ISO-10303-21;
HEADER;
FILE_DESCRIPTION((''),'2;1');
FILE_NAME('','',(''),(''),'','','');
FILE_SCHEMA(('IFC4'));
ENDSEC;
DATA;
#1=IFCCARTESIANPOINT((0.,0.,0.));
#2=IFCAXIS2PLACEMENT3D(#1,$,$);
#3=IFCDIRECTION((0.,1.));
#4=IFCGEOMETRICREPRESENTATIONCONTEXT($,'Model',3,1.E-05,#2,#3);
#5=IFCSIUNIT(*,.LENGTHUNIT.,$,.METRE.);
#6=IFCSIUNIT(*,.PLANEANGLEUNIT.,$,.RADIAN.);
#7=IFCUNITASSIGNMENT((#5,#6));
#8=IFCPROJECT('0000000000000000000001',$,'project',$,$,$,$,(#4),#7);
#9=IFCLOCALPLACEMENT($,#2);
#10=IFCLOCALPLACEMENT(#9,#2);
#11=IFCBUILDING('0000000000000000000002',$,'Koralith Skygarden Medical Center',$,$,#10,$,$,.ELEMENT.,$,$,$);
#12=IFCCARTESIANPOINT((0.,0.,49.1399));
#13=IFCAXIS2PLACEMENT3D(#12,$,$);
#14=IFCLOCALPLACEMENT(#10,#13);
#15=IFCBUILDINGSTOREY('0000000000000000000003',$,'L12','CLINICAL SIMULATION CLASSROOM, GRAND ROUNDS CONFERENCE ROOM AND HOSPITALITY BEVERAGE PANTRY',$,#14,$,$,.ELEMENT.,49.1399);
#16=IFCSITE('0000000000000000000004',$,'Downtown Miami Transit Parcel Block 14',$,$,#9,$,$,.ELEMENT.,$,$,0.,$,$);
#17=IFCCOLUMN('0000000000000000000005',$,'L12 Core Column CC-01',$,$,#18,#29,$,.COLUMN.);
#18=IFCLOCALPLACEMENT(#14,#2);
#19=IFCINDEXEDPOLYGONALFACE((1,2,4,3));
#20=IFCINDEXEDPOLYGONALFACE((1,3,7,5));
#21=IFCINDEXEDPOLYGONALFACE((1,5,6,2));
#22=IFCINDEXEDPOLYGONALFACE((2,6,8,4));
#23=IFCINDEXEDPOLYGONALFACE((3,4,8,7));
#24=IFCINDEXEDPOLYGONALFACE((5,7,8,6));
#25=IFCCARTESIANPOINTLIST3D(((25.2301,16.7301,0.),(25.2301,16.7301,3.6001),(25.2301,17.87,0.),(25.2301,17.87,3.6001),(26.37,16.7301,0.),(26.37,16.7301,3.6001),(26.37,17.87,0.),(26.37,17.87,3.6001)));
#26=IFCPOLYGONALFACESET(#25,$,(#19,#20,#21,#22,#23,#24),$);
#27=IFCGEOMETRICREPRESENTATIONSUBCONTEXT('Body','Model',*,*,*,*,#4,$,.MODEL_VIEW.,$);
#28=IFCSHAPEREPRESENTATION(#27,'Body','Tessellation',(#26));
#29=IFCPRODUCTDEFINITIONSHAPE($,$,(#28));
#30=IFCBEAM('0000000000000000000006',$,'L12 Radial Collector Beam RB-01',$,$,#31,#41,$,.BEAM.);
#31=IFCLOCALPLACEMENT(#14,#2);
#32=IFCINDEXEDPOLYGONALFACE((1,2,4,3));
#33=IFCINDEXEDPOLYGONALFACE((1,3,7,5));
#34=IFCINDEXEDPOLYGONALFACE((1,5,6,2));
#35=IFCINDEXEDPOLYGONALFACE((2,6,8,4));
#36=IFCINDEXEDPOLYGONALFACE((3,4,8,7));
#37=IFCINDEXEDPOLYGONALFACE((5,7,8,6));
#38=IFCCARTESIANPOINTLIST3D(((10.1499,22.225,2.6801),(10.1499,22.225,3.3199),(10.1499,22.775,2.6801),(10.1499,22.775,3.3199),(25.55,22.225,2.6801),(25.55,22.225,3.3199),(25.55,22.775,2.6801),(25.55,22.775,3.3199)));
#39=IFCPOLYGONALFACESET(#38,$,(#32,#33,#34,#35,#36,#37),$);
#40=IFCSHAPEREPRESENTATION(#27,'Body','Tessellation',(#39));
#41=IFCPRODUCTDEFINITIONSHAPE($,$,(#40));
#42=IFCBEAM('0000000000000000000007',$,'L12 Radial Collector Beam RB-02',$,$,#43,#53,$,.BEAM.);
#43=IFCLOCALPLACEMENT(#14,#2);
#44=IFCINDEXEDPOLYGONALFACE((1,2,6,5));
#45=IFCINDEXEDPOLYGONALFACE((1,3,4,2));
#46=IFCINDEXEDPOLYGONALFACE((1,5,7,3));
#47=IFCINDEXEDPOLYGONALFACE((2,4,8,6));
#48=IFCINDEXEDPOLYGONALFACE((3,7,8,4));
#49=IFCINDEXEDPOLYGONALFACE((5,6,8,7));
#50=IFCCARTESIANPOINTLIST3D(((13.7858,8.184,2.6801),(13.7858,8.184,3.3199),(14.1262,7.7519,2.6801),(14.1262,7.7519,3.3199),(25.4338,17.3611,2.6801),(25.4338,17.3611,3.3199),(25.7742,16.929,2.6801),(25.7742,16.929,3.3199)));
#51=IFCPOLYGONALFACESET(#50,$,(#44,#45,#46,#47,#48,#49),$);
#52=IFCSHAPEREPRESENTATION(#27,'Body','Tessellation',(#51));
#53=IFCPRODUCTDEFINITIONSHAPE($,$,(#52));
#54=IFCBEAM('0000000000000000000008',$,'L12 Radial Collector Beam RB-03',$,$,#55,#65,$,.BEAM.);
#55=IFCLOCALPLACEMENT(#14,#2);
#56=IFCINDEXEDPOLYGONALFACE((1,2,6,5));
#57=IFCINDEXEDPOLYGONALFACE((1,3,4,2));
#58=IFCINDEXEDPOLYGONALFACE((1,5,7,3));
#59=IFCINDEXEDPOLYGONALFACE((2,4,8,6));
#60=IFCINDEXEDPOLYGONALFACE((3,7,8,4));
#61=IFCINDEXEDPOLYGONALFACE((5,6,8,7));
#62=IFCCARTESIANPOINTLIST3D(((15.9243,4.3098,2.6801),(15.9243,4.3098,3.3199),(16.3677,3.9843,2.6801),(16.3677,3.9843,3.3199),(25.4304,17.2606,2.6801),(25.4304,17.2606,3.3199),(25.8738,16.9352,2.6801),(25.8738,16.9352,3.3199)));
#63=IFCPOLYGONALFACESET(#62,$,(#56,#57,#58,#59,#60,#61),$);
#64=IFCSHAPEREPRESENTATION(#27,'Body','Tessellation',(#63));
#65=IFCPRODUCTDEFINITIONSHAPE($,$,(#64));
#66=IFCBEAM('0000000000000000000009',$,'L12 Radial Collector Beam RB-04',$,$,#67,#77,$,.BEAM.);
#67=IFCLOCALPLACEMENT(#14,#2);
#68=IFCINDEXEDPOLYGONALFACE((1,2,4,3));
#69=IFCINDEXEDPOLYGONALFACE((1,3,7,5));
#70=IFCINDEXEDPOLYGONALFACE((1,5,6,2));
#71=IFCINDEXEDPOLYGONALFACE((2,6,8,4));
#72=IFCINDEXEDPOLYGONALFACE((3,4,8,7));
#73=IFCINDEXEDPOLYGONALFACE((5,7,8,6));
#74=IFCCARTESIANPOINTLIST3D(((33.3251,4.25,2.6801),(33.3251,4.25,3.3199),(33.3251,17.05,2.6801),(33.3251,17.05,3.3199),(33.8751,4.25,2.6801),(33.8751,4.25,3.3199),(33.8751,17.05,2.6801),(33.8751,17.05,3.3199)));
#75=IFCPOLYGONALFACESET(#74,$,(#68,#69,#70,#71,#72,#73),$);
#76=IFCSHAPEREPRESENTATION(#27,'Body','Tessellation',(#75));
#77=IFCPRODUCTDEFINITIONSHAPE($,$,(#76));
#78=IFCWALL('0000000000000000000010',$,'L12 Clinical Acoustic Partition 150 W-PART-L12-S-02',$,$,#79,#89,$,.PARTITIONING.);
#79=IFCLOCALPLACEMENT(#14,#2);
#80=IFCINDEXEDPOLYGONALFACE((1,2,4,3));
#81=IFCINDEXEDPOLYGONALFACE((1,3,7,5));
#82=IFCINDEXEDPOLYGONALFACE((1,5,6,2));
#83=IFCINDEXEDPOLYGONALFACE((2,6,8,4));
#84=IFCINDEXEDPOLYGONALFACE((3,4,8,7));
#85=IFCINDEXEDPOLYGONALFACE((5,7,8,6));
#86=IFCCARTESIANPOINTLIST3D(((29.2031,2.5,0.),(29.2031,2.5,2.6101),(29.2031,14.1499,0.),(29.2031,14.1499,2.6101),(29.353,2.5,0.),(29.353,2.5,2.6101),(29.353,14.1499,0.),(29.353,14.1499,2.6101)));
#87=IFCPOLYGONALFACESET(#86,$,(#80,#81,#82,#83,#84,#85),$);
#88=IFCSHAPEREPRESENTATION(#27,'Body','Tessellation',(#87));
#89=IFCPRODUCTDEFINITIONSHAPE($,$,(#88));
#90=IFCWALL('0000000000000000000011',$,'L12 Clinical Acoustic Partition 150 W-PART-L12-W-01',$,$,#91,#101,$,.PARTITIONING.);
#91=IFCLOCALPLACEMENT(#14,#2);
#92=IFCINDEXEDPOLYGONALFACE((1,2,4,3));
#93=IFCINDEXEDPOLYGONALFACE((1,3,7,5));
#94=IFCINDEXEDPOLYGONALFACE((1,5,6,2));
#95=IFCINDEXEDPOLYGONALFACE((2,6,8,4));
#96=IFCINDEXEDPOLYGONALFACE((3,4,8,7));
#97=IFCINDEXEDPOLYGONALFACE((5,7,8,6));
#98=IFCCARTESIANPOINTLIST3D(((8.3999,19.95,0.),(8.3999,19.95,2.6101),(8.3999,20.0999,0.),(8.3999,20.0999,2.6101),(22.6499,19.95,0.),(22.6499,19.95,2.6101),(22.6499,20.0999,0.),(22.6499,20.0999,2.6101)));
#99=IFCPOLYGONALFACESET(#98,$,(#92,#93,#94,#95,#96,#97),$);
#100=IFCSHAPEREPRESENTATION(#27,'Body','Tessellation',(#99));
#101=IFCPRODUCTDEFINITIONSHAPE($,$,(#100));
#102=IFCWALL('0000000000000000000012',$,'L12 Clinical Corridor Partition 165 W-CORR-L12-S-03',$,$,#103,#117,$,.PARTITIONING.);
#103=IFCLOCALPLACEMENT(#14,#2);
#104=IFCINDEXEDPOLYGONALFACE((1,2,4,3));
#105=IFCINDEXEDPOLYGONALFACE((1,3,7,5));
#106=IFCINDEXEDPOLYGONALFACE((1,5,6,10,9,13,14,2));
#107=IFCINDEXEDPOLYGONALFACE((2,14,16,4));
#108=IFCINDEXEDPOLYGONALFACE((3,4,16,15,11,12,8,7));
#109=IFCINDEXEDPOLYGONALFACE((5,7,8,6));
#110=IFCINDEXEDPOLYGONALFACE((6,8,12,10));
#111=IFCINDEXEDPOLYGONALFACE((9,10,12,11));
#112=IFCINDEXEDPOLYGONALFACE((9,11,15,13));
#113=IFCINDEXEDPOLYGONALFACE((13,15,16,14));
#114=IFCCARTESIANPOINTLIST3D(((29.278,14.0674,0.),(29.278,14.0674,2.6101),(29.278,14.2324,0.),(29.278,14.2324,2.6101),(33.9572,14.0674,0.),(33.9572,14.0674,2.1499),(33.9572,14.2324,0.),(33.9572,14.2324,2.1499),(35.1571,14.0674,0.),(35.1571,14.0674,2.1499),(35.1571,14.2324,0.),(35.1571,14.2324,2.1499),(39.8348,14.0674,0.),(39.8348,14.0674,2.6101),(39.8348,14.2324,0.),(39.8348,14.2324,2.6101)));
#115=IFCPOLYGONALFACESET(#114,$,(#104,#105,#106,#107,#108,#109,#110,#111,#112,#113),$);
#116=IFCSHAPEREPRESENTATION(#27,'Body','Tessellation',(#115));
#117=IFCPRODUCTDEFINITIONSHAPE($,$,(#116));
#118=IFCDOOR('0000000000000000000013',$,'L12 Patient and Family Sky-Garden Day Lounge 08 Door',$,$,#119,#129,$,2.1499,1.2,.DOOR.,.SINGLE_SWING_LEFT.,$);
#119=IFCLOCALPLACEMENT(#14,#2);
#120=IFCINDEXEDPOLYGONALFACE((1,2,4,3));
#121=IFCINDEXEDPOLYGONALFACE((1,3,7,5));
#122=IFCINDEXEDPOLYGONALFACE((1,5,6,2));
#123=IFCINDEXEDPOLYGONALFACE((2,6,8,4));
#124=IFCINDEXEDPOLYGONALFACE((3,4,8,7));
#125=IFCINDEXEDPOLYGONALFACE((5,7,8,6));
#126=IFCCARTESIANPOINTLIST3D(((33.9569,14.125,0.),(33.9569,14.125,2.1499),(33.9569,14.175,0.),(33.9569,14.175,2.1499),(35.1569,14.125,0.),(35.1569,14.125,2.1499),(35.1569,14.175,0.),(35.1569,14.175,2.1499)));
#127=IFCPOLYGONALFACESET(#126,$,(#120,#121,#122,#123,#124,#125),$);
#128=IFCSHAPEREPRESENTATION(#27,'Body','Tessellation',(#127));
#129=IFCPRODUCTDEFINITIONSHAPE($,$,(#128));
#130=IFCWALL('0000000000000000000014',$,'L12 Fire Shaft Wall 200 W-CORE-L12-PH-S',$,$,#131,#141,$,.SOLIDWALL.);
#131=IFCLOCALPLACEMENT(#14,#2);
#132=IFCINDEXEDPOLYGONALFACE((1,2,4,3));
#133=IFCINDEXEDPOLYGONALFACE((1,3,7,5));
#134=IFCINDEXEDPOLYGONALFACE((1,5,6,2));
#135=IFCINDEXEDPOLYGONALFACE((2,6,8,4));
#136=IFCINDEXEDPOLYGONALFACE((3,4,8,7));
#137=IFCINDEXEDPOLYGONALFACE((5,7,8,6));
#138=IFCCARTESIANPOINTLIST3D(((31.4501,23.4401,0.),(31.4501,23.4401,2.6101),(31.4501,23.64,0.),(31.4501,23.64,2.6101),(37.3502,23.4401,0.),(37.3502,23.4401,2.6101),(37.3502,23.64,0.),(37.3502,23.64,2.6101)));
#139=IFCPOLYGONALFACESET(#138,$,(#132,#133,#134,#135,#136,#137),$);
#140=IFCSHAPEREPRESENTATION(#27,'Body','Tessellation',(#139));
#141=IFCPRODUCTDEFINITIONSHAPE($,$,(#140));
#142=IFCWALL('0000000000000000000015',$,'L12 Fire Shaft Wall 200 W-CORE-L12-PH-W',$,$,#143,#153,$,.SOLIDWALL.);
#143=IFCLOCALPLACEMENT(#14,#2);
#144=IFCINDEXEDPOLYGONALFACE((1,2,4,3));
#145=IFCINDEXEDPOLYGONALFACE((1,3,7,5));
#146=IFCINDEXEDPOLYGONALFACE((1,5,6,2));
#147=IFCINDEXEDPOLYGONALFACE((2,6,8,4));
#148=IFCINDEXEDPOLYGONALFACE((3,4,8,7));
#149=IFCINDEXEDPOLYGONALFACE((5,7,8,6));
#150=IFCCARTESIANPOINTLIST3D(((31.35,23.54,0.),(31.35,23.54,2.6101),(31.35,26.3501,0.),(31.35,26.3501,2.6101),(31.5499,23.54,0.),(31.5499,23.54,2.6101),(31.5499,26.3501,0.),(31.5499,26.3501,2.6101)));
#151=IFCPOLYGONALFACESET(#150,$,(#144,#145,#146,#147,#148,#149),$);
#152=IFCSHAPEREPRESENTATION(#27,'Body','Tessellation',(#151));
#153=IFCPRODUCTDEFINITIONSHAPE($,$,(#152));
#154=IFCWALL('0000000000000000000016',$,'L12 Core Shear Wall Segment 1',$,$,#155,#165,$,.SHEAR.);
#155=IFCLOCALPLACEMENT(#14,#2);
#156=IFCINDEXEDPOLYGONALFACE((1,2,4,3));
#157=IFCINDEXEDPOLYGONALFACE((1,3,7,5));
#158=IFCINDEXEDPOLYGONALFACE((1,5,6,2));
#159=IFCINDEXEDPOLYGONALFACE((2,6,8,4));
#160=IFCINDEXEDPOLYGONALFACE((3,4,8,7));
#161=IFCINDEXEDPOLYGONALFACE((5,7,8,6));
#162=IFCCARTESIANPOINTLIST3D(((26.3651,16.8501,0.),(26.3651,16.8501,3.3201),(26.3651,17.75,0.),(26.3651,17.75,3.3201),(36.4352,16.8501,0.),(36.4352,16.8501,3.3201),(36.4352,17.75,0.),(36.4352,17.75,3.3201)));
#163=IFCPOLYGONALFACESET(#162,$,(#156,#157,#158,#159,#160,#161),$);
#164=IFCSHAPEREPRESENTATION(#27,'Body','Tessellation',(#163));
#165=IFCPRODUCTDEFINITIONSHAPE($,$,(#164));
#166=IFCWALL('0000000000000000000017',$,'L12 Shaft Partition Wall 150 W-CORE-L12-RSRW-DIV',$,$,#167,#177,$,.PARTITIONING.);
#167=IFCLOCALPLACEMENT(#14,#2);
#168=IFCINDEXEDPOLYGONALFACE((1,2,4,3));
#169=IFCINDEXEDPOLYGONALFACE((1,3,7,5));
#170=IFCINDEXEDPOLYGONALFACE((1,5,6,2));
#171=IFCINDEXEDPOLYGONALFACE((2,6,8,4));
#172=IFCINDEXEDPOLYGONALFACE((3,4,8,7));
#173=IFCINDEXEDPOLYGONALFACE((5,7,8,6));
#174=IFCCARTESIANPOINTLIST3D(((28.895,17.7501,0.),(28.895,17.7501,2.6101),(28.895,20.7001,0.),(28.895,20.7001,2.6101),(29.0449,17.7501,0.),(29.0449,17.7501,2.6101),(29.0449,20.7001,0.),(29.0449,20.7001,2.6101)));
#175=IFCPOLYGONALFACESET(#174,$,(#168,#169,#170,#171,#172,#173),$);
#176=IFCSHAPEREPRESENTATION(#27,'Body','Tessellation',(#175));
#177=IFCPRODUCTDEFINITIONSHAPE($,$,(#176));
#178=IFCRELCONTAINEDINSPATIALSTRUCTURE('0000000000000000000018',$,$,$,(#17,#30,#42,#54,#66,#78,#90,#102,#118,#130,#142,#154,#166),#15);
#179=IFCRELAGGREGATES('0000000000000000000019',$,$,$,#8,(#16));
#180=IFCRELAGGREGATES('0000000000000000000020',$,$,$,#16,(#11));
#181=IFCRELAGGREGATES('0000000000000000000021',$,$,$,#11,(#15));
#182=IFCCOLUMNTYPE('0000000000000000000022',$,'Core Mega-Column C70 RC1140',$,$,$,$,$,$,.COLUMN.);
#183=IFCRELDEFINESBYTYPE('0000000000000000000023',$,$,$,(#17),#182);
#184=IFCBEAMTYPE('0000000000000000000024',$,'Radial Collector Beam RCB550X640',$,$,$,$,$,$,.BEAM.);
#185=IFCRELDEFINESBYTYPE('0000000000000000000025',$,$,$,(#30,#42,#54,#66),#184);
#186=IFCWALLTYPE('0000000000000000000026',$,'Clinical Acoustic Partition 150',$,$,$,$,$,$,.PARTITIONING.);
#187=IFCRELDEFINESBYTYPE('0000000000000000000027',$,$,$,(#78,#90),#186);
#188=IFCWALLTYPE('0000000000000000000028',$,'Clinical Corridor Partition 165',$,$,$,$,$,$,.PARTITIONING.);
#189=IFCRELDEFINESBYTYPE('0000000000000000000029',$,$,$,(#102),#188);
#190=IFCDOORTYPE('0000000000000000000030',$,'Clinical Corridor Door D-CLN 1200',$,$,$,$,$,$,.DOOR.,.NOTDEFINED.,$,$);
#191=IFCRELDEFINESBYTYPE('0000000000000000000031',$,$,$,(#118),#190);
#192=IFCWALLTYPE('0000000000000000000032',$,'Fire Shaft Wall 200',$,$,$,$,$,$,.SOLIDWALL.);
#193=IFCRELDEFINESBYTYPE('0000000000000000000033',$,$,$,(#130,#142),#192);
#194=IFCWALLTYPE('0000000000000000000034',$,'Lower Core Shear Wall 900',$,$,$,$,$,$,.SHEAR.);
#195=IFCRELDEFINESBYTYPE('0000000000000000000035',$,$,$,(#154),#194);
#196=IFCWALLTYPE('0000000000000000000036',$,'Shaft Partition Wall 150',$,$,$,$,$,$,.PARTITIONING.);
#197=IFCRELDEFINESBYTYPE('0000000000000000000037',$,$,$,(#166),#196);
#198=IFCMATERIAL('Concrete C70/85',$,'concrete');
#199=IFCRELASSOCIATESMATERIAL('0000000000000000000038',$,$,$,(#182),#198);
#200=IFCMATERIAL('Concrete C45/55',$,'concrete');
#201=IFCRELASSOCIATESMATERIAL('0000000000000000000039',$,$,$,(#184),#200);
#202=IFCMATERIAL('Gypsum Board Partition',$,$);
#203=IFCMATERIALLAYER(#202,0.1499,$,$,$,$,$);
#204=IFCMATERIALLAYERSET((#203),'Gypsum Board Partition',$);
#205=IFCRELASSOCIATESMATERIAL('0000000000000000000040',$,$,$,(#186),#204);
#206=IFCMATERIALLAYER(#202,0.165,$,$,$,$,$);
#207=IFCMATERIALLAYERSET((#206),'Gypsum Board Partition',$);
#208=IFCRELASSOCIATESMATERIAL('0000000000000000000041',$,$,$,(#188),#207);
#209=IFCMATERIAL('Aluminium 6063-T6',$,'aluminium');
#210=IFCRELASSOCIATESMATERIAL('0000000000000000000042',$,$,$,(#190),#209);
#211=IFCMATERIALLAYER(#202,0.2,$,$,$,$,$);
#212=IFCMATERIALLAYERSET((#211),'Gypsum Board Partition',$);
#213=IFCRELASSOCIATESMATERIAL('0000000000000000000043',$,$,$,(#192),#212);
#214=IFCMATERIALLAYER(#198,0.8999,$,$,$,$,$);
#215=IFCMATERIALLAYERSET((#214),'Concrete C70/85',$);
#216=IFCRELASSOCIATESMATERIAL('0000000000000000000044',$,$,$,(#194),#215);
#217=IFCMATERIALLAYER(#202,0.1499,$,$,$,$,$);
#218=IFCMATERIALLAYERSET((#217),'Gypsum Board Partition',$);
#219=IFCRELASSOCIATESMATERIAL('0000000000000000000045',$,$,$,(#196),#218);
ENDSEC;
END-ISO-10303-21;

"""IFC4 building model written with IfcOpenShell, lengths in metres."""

from ifc_helpers import new_model, si_unit, direction, frame, frame_2d, origin, origin_2d, place, context, subcontext, project, spatial, rectangle, extrude, material, layer, layer_set, material_profile, profile_set, type_object, element, fill, save


model = new_model("IFC4")

# Units and contexts
model_context = context("Model", 3, precision=1e-05, world=origin(), true_north=direction((0.0, 1.0)))
body_context = subcontext(model_context, "Body", "Model", "MODEL_VIEW")
ifc_project = project(units=[si_unit("LENGTHUNIT", "METRE"), si_unit("PLANEANGLEUNIT", "RADIAN")], contexts=[model_context])

# Site, building, storey
site_placement = place(None, origin())
site = spatial("IfcSite", under=ifc_project, at=site_placement, Name="Downtown Miami Transit Parcel Block 14", CompositionType="ELEMENT", RefElevation=0.0)
building_placement = place(site_placement, origin())
building = spatial("IfcBuilding", under=site, at=building_placement, Name="Koralith Skygarden Medical Center", CompositionType="ELEMENT")
storey_placement = place(building_placement, frame((0.0, 0.0, 49.1399)))
storey = spatial("IfcBuildingStorey", under=building, at=storey_placement, Name="L12", Description="CLINICAL SIMULATION CLASSROOM, GRAND ROUNDS CONFERENCE ROOM AND HOSPITALITY BEVERAGE PANTRY", CompositionType="ELEMENT", Elevation=49.1399)

# Column
ifc_material_1 = material(Name="Concrete C70/85", Category="concrete")
ifc_material_profile_1 = material_profile(ifc_material_1, rectangle(XDim=1.1399, YDim=1.1399, at=origin_2d()), Name="RC1140X1140")
ifc_profile_set_1 = profile_set([ifc_material_profile_1], Name="Concrete C70/85")
column_type = type_object("IfcColumnType", Name="Core Mega-Column C70 RC1140", PredefinedType="COLUMN", material=ifc_profile_set_1)
column_placement = place(storey_placement, frame((25.8, 17.3, 0.0), z_axis=(0.0, 0.0, 1.0), x_axis=(1.0, 0.0, 0.0)))
element("IfcColumn", 1, at=column_placement, inside=storey, type_object=column_type, Name="L12 Core Column CC-01", PredefinedType="COLUMN", context=body_context, shape_type="SweptSolid", body=[
    extrude(rectangle(XDim=1.1399, YDim=1.1399, at=origin_2d()), origin(), (0.0, 0.0, 1.0), 3.6001),
])

# Beams
ifc_material_2 = material(Name="Concrete C45/55", Category="concrete")
ifc_material_profile_2 = material_profile(ifc_material_2, rectangle(XDim=0.55, YDim=0.6399, at=origin_2d()), Name="RCB550X640")
ifc_profile_set_2 = profile_set([ifc_material_profile_2], Name="Concrete C45/55")
beam_type = type_object("IfcBeamType", Name="Radial Collector Beam RCB550X640", PredefinedType="BEAM", material=ifc_profile_set_2)
beam_1_placement = place(storey_placement, frame((25.55, 22.5, 3.0), z_axis=(-1.0, 0.0, 0.0), x_axis=(0.0, -1.0, 0.0)))
element("IfcBeam", 2, at=beam_1_placement, inside=storey, type_object=beam_type, Name="L12 Radial Collector Beam RB-01", PredefinedType="BEAM", context=body_context, shape_type="SweptSolid", body=[
    extrude(rectangle(XDim=0.55, YDim=0.6399, at=origin_2d()), origin(), (0.0, 0.0, 1.0), 15.4001),
])
beam_2_placement = place(storey_placement, frame((25.604, 17.145, 3.0), z_axis=(-0.785497, -0.618865, 0.0), x_axis=(0.618865, -0.785497, 0.0)))
element("IfcBeam", 3, at=beam_2_placement, inside=storey, type_object=beam_type, Name="L12 Radial Collector Beam RB-02", PredefinedType="BEAM", context=body_context, shape_type="SweptSolid", body=[
    extrude(rectangle(XDim=0.55, YDim=0.6399, at=origin_2d()), origin(), (0.0, 0.0, 1.0), 14.8289),
])
beam_3_placement = place(storey_placement, frame((25.6521, 17.0979, 3.0), z_axis=(-0.591718, -0.806145, 0.0), x_axis=(0.806145, -0.591718, 0.0)))
element("IfcBeam", 4, at=beam_3_placement, inside=storey, type_object=beam_type, Name="L12 Radial Collector Beam RB-03", PredefinedType="BEAM", context=body_context, shape_type="SweptSolid", body=[
    extrude(rectangle(XDim=0.55, YDim=0.6399, at=origin_2d()), origin(), (0.0, 0.0, 1.0), 16.0652),
])
beam_4_placement = place(storey_placement, frame((33.6001, 17.05, 3.0), z_axis=(0.0, -1.0, 0.0), x_axis=(1.0, 0.0, 0.0)))
element("IfcBeam", 5, at=beam_4_placement, inside=storey, type_object=beam_type, Name="L12 Radial Collector Beam RB-04", PredefinedType="BEAM", context=body_context, shape_type="SweptSolid", body=[
    extrude(rectangle(XDim=0.55, YDim=0.6399, at=origin_2d()), origin(), (0.0, 0.0, 1.0), 12.8),
])

# Walls
ifc_material_3 = material(Name="Gypsum Board Partition")
ifc_layer_1 = layer(ifc_material_3, 0.1499)
ifc_layer_set_1 = layer_set([ifc_layer_1], Name="Gypsum Board Partition")
wall_type_1 = type_object("IfcWallType", Name="Clinical Acoustic Partition 150", PredefinedType="PARTITIONING", material=ifc_layer_set_1)
wall_1_placement = place(storey_placement, frame((29.2781, 14.1499, 0.0), z_axis=(0.0, 0.0, 1.0), x_axis=(0.0, -1.0, 0.0)))
element("IfcWall", 6, at=wall_1_placement, inside=storey, type_object=wall_type_1, Name="L12 Clinical Acoustic Partition 150 W-PART-L12-S-02", PredefinedType="PARTITIONING", context=body_context, shape_type="SweptSolid", body=[
    extrude(rectangle(XDim=11.6499, YDim=0.1499, at=frame_2d((5.825, 0.0))), origin(), (0.0, 0.0, 1.0), 2.6101),
])
wall_2_placement = place(storey_placement, frame((22.6499, 20.0249, 0.0), z_axis=(0.0, 0.0, 1.0), x_axis=(-1.0, 0.0, 0.0)))
element("IfcWall", 7, at=wall_2_placement, inside=storey, type_object=wall_type_1, Name="L12 Clinical Acoustic Partition 150 W-PART-L12-W-01", PredefinedType="PARTITIONING", context=body_context, shape_type="SweptSolid", body=[
    extrude(rectangle(XDim=14.25, YDim=0.1499, at=frame_2d((7.125, 0.0))), origin(), (0.0, 0.0, 1.0), 2.6101),
])

# Wall, opening, door
ifc_layer_2 = layer(ifc_material_3, 0.165)
ifc_layer_set_2 = layer_set([ifc_layer_2], Name="Gypsum Board Partition")
wall_type_2 = type_object("IfcWallType", Name="Clinical Corridor Partition 165", PredefinedType="PARTITIONING", material=ifc_layer_set_2)
wall_3_placement = place(storey_placement, frame((29.2781, 14.1499, 0.0), z_axis=(0.0, 0.0, 1.0), x_axis=(1.0, 0.0, 0.0)))
wall_3 = element("IfcWall", 8, at=wall_3_placement, inside=storey, type_object=wall_type_2, Name="L12 Clinical Corridor Partition 165 W-CORR-L12-S-03", PredefinedType="PARTITIONING", context=body_context, shape_type="SweptSolid", body=[
    extrude(rectangle(XDim=10.5569, YDim=0.165, at=frame_2d((5.2783, 0.0))), origin(), (0.0, 0.0, 1.0), 2.6101),
])
opening_1_placement = place(wall_3_placement, frame((4.679, 0.0, 0.0)))
opening_1 = element("IfcOpeningElement", 9, at=opening_1_placement, cuts=wall_3, PredefinedType="OPENING", context=body_context, shape_type="SweptSolid", body=[
    extrude(rectangle(XDim=1.2, YDim=2.1499, at=frame_2d((0.6001, 1.075))), frame((0.0, 0.0925, 0.0), z_axis=(0.0, -1.0, 0.0), x_axis=(1.0, 0.0, 0.0)), (0.0, 0.0, 1.0), 0.1851),
])
ifc_material_4 = material(Name="Aluminium 6063-T6", Category="aluminium")
door_type_1 = type_object("IfcDoorType", Name="Clinical Corridor Door D-CLN 1200", OperationType="NOTDEFINED", PredefinedType="DOOR", material=ifc_material_4)
door_1_placement = place(opening_1_placement, frame((1.2, 0.0, 0.0), z_axis=(0.0, 0.0, 1.0), x_axis=(-1.0, 0.0, 0.0)))
door_1 = element("IfcDoor", 10, at=door_1_placement, inside=storey, type_object=door_type_1, Name="L12 Patient and Family Sky-Garden Day Lounge 08 Door", OperationType="SINGLE_SWING_LEFT", OverallHeight=2.1499, OverallWidth=1.2, PredefinedType="DOOR", context=body_context, shape_type="SweptSolid", body=[
    extrude(rectangle(XDim=1.2, YDim=2.1499, at=frame_2d((0.6001, 1.075))), frame((0.0, 0.0249, 0.0), z_axis=(0.0, -1.0, 0.0), x_axis=(1.0, 0.0, 0.0)), (0.0, 0.0, 1.0), 0.05),
])
fill(opening_1, door_1)
ifc_layer_3 = layer(ifc_material_3, 0.2)
ifc_layer_set_3 = layer_set([ifc_layer_3], Name="Gypsum Board Partition")
wall_type_3 = type_object("IfcWallType", Name="Fire Shaft Wall 200", PredefinedType="SOLIDWALL", material=ifc_layer_set_3)

# Walls
wall_4_placement = place(storey_placement, frame((31.45, 23.54, 0.0), z_axis=(0.0, 0.0, 1.0), x_axis=(1.0, 0.0, 0.0)))
element("IfcWall", 11, at=wall_4_placement, inside=storey, type_object=wall_type_3, Name="L12 Fire Shaft Wall 200 W-CORE-L12-PH-S", PredefinedType="SOLIDWALL", context=body_context, shape_type="SweptSolid", body=[
    extrude(rectangle(XDim=5.9001, YDim=0.2, at=frame_2d((2.9502, 0.0))), origin(), (0.0, 0.0, 1.0), 2.6101),
])
wall_5_placement = place(storey_placement, frame((31.45, 23.54, 0.0), z_axis=(0.0, 0.0, 1.0), x_axis=(0.0, 1.0, 0.0)))
element("IfcWall", 12, at=wall_5_placement, inside=storey, type_object=wall_type_3, Name="L12 Fire Shaft Wall 200 W-CORE-L12-PH-W", PredefinedType="SOLIDWALL", context=body_context, shape_type="SweptSolid", body=[
    extrude(rectangle(XDim=2.8101, YDim=0.2, at=frame_2d((1.405, 0.0))), origin(), (0.0, 0.0, 1.0), 2.6101),
])
ifc_layer_4 = layer(ifc_material_1, 0.8999)
ifc_layer_set_4 = layer_set([ifc_layer_4], Name="Concrete C70/85")
wall_type_4 = type_object("IfcWallType", Name="Lower Core Shear Wall 900", PredefinedType="SHEAR", material=ifc_layer_set_4)
wall_6_placement = place(storey_placement, frame((26.365, 17.3, 0.0), z_axis=(0.0, 0.0, 1.0), x_axis=(1.0, 0.0, 0.0)))
element("IfcWall", 13, at=wall_6_placement, inside=storey, type_object=wall_type_4, Name="L12 Core Shear Wall Segment 1", PredefinedType="SHEAR", context=body_context, shape_type="SweptSolid", body=[
    extrude(rectangle(XDim=10.0701, YDim=0.8999, at=frame_2d((5.0352, 0.0))), origin(), (0.0, 0.0, 1.0), 3.3201),
])
ifc_layer_5 = layer(ifc_material_3, 0.1499)
ifc_layer_set_5 = layer_set([ifc_layer_5], Name="Gypsum Board Partition")
wall_type_5 = type_object("IfcWallType", Name="Shaft Partition Wall 150", PredefinedType="PARTITIONING", material=ifc_layer_set_5)
wall_7_placement = place(storey_placement, frame((28.97, 17.75, 0.0), z_axis=(0.0, 0.0, 1.0), x_axis=(0.0, 1.0, 0.0)))
element("IfcWall", 14, at=wall_7_placement, inside=storey, type_object=wall_type_5, Name="L12 Shaft Partition Wall 150 W-CORE-L12-RSRW-DIV", PredefinedType="PARTITIONING", context=body_context, shape_type="SweptSolid", body=[
    extrude(rectangle(XDim=2.95, YDim=0.1499, at=frame_2d((1.4751, 0.0))), origin(), (0.0, 0.0, 1.0), 2.6101),
])

save(model, "model.ifc")
